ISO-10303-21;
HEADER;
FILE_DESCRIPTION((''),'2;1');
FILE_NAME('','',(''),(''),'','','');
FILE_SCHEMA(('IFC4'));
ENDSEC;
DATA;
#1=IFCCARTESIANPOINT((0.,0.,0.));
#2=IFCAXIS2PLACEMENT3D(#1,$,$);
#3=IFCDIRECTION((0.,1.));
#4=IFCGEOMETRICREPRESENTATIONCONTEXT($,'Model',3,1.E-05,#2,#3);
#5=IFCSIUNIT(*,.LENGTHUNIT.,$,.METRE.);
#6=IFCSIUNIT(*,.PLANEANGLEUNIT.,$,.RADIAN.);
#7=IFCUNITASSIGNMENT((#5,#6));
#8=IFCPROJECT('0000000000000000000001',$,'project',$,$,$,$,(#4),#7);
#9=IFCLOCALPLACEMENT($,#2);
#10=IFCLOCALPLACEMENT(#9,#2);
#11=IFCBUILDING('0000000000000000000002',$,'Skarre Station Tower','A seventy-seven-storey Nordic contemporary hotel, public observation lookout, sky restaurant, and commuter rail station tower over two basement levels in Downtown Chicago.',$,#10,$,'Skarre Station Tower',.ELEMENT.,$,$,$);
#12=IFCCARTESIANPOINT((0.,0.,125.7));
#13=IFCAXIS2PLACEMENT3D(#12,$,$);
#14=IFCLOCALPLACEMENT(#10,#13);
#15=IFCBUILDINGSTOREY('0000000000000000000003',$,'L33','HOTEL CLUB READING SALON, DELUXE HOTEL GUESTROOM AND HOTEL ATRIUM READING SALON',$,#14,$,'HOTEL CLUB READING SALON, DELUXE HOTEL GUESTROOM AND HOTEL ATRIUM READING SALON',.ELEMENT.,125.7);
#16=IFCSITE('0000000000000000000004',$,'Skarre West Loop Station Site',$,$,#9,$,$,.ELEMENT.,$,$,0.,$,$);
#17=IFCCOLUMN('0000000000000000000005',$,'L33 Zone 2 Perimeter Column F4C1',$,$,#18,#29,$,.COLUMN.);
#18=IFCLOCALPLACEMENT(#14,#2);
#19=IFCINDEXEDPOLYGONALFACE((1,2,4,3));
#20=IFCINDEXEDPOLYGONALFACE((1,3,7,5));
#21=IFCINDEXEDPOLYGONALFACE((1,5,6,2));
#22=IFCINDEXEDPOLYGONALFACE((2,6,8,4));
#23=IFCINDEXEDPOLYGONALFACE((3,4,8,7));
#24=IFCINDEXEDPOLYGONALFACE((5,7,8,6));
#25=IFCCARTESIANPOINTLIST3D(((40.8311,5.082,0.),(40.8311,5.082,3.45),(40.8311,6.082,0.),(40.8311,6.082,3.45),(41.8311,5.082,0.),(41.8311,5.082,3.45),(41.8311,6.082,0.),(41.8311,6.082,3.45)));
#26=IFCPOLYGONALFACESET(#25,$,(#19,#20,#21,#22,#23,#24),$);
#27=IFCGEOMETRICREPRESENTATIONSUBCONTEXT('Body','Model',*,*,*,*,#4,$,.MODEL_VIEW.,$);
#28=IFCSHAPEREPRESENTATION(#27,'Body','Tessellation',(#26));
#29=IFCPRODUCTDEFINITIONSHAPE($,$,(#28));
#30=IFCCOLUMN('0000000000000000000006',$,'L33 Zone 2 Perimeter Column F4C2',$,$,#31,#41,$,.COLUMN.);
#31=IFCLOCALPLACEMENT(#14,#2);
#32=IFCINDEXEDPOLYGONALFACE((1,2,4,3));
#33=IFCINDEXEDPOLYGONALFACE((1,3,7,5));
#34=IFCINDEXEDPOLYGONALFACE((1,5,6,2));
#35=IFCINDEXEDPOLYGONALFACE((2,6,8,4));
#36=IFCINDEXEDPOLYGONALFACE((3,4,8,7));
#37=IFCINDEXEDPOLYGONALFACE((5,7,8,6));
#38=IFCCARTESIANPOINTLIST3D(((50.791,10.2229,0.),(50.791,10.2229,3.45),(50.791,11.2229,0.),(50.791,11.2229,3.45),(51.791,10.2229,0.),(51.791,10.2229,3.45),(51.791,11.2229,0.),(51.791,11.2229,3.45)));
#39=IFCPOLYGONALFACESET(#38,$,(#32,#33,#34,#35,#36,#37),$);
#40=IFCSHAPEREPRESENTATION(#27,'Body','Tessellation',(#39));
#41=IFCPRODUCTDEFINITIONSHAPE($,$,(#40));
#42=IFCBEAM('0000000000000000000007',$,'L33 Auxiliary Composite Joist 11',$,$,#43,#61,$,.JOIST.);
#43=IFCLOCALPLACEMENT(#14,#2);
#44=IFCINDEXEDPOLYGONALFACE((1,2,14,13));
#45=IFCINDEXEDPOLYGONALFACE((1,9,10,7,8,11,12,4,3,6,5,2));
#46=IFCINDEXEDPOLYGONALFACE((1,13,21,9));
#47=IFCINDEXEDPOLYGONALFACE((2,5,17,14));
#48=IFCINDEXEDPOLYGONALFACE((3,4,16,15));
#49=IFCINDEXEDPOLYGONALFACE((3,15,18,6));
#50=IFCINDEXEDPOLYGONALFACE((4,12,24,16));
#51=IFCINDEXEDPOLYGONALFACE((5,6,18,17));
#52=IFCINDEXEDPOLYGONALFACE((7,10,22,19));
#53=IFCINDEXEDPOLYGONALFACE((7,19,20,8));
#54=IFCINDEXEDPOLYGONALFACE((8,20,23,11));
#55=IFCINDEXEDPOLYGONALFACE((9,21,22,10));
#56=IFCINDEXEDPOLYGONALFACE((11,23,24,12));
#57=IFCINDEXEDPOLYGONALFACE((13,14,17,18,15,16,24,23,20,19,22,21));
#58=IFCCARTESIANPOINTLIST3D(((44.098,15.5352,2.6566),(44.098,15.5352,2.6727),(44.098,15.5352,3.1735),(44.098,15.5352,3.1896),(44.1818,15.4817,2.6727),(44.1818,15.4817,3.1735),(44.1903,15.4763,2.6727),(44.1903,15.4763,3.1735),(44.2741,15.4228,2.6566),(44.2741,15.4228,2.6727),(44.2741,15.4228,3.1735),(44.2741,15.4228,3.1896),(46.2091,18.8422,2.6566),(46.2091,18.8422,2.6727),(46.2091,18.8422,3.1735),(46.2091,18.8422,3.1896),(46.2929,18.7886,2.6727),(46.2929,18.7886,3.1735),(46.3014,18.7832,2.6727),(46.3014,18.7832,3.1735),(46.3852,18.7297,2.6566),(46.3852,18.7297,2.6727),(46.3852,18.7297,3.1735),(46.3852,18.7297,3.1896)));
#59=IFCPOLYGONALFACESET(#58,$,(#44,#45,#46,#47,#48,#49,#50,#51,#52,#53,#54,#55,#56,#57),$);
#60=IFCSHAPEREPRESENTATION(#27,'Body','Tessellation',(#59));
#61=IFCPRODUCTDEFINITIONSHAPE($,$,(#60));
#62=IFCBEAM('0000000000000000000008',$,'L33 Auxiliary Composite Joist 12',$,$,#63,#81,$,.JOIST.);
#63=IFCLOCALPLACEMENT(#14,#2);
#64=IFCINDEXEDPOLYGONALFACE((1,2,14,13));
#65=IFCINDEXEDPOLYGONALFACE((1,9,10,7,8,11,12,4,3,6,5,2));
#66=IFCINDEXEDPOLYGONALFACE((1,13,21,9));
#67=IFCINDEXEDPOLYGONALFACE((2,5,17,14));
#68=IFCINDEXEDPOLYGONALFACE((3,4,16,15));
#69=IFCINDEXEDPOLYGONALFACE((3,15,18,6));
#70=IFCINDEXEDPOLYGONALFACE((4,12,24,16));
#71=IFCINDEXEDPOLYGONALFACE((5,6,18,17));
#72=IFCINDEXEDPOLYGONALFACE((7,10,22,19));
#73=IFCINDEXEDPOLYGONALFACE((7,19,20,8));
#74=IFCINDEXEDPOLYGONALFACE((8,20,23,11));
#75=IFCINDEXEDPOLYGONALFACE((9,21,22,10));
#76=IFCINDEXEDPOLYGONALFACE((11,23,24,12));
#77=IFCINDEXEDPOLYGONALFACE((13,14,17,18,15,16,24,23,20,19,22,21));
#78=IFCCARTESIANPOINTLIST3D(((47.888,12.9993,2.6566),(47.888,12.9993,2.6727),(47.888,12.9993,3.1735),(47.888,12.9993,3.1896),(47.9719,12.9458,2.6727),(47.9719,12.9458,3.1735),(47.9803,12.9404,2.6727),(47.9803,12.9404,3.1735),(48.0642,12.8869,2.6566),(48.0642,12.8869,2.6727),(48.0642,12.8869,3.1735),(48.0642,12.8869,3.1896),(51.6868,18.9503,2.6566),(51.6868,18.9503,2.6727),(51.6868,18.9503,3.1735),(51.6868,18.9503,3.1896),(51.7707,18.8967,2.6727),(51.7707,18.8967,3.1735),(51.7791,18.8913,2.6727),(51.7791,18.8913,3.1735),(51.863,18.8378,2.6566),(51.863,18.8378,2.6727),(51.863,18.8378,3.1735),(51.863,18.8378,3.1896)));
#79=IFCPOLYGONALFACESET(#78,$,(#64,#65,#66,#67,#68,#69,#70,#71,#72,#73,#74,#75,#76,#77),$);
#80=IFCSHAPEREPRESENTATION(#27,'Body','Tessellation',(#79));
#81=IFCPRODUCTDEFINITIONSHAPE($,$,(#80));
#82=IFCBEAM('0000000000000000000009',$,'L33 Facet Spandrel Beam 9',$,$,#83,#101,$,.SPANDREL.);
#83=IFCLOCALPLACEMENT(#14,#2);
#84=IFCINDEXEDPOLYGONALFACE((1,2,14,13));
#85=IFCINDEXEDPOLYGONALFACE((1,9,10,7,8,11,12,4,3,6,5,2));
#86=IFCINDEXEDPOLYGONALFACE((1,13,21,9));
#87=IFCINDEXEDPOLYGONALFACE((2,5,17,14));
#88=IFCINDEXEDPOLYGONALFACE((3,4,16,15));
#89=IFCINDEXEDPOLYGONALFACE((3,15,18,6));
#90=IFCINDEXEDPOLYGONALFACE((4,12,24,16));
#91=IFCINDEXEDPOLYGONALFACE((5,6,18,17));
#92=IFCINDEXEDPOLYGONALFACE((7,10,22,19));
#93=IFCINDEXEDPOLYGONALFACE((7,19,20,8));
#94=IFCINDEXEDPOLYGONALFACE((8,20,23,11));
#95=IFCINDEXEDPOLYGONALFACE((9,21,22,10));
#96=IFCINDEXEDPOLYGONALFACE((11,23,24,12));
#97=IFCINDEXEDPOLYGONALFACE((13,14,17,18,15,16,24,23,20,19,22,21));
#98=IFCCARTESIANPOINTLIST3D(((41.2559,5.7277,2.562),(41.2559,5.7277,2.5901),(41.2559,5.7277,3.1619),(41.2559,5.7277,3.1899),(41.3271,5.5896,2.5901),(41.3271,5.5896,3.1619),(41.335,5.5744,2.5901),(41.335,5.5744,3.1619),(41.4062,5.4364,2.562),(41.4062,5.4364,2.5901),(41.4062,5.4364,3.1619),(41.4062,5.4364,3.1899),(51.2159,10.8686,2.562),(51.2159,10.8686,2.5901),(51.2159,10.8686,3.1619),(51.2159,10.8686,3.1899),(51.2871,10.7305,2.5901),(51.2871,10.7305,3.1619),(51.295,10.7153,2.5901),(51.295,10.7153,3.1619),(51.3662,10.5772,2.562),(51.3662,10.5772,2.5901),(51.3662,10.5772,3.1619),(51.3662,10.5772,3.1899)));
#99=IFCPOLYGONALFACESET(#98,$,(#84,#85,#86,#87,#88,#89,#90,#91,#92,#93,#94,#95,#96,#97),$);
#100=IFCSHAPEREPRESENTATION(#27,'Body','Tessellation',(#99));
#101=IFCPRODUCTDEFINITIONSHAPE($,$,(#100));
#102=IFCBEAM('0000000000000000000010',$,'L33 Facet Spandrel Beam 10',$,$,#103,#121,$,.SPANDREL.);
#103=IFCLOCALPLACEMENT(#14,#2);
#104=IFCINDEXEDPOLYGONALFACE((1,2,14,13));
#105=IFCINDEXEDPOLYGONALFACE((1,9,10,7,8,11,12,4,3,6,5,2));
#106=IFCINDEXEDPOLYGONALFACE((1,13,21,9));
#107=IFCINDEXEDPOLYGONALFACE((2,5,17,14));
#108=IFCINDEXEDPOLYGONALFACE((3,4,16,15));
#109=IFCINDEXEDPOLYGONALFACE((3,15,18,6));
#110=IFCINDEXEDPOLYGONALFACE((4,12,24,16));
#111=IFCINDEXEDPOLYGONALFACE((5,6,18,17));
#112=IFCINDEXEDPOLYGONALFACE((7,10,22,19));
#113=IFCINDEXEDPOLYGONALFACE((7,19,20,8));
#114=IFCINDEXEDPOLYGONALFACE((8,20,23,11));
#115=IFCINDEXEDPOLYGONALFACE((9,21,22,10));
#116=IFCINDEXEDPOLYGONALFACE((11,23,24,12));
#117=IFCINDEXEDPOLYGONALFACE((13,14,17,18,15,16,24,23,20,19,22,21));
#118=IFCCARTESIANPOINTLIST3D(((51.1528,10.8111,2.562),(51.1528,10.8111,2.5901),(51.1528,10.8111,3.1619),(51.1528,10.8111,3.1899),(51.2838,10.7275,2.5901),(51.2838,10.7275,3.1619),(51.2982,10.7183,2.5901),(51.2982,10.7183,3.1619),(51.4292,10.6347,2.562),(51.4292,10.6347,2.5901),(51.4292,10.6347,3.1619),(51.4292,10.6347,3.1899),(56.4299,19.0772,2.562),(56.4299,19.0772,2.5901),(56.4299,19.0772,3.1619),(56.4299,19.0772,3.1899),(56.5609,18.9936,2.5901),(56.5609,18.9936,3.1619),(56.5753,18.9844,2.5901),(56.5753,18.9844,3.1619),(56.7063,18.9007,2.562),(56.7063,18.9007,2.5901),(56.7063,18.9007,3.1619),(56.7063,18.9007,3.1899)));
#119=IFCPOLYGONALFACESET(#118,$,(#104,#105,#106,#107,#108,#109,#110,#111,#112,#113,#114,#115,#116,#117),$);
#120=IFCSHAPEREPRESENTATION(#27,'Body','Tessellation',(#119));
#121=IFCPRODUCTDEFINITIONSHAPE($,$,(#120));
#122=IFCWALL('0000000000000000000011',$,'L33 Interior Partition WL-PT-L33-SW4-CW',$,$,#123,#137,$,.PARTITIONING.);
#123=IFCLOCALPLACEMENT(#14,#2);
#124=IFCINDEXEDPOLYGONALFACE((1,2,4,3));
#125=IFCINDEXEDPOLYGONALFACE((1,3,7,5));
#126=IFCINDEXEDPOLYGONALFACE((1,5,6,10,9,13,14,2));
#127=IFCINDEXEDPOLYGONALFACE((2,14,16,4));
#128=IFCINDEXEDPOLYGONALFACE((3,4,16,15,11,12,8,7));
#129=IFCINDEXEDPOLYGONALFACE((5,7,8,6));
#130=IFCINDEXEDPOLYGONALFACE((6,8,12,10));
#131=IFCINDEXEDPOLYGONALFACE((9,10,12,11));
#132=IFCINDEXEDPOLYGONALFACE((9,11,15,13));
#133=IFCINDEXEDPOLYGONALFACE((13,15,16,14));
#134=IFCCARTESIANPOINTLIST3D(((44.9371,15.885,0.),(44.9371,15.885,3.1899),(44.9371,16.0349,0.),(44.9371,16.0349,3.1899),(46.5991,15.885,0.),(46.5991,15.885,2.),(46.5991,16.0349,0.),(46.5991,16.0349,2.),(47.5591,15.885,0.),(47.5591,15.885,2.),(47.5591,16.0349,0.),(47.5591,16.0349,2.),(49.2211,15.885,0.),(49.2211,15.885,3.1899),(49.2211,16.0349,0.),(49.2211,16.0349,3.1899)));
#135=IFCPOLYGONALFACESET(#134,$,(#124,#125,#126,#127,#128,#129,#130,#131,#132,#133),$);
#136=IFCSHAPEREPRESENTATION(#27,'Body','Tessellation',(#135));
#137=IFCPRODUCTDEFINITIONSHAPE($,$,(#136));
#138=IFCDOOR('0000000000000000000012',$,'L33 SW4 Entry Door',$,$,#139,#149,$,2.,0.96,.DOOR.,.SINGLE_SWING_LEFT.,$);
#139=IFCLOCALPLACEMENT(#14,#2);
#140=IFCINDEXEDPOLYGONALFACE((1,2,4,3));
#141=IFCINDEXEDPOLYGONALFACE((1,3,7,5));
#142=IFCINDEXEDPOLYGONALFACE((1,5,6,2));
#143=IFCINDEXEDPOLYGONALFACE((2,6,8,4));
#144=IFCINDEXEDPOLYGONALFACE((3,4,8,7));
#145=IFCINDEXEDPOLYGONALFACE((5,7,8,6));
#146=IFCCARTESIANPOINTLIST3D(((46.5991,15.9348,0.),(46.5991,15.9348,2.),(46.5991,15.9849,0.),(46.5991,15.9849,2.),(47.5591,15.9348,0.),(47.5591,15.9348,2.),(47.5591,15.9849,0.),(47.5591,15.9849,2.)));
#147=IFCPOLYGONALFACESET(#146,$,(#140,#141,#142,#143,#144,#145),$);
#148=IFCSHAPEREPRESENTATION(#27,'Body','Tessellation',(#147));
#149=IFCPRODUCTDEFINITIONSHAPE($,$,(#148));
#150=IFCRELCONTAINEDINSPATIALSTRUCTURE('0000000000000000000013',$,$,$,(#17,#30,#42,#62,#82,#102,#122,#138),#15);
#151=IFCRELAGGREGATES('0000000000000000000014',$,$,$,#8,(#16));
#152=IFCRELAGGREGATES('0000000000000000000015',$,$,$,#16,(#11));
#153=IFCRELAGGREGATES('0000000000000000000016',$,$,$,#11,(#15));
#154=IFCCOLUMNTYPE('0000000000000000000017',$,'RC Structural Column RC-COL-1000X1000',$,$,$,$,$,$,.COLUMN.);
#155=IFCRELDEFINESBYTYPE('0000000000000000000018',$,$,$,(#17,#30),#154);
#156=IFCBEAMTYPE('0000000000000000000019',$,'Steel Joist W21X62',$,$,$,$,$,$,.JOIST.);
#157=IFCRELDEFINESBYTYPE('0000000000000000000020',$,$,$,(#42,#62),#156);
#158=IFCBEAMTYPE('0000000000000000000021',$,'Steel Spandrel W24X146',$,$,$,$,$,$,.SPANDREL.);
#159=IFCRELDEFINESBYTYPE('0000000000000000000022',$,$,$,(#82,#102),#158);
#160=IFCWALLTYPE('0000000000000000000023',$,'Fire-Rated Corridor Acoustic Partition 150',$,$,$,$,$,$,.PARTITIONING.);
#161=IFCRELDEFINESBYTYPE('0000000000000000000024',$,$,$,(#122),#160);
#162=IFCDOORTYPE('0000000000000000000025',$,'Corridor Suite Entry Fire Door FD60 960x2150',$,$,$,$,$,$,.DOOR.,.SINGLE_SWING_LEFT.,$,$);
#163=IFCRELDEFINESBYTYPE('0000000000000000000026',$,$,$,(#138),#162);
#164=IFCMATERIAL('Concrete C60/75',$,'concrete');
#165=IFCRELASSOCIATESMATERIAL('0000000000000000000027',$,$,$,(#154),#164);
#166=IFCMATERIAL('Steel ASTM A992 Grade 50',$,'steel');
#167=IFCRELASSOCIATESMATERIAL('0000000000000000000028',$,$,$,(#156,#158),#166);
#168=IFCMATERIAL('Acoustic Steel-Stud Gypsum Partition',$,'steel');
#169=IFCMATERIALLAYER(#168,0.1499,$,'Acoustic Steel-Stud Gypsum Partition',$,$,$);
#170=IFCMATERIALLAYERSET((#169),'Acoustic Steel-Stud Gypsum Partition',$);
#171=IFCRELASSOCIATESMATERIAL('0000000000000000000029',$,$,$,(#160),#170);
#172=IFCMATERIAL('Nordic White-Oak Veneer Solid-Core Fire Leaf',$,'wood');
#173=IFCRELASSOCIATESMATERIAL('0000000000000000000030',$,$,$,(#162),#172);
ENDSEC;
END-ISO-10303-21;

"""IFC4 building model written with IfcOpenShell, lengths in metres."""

from ifc_helpers import new_model, si_unit, direction, frame, frame_2d, origin, origin_2d, place, context, subcontext, project, spatial, rectangle, i_section, extrude, material, layer, layer_set, material_profile, profile_set, type_object, element, fill, save


model = new_model("IFC4")

# Units and contexts
model_context = context("Model", 3, precision=1e-05, world=origin(), true_north=direction((0.0, 1.0)))
body_context = subcontext(model_context, "Body", "Model", "MODEL_VIEW")
ifc_project = project(units=[si_unit("LENGTHUNIT", "METRE"), si_unit("PLANEANGLEUNIT", "RADIAN")], contexts=[model_context])

# Site, building, storey
site_placement = place(None, origin())
site = spatial("IfcSite", under=ifc_project, at=site_placement, Name="Skarre West Loop Station Site", CompositionType="ELEMENT", RefElevation=0.0)
building_placement = place(site_placement, origin())
building = spatial("IfcBuilding", under=site, at=building_placement, Name="Skarre Station Tower", Description="A seventy-seven-storey Nordic contemporary hotel, public observation lookout, sky restaurant, and commuter rail station tower over two basement levels in Downtown Chicago.", LongName="Skarre Station Tower", CompositionType="ELEMENT")
storey_placement = place(building_placement, frame((0.0, 0.0, 125.7)))
storey = spatial("IfcBuildingStorey", under=building, at=storey_placement, Name="L33", Description="HOTEL CLUB READING SALON, DELUXE HOTEL GUESTROOM AND HOTEL ATRIUM READING SALON", LongName="HOTEL CLUB READING SALON, DELUXE HOTEL GUESTROOM AND HOTEL ATRIUM READING SALON", CompositionType="ELEMENT", Elevation=125.7)

# Columns
ifc_material_1 = material(Name="Concrete C60/75", Category="concrete")
ifc_material_profile_1 = material_profile(ifc_material_1, rectangle(XDim=1.0, YDim=1.0, at=origin_2d()), Name="Concrete C60/75")
ifc_profile_set_1 = profile_set([ifc_material_profile_1], Name="Concrete C60/75")
column_type = type_object("IfcColumnType", Name="RC Structural Column RC-COL-1000X1000", PredefinedType="COLUMN", material=ifc_profile_set_1)
for number, where, z_axis, x_axis, name in (
    (1, (41.3311, 5.582, 0.0), (0.0, 0.0, 1.0), (1.0, 0.0, 0.0), "L33 Zone 2 Perimeter Column F4C1"),
    (2, (51.291, 10.7229, 0.0), (0.0, 0.0, 1.0), (1.0, 0.0, 0.0), "L33 Zone 2 Perimeter Column F4C2"),
):
    element("IfcColumn", number, at=place(storey_placement, frame(where, z_axis=z_axis, x_axis=x_axis)), inside=storey, type_object=column_type, Name=name, PredefinedType="COLUMN", context=body_context, shape_type="SweptSolid", body=[
        extrude(rectangle(XDim=1.0, YDim=1.0, at=origin_2d()), origin(), (0.0, 0.0, 1.0), 3.45),
    ])

# Beams
ifc_material_2 = material(Name="Steel ASTM A992 Grade 50", Category="steel")
ifc_material_profile_2 = material_profile(ifc_material_2, i_section(OverallWidth=0.209, OverallDepth=0.533, WebThickness=0.01, FlangeThickness=0.0161, at=origin_2d()), Name="Steel ASTM A992 Grade 50")
ifc_profile_set_2 = profile_set([ifc_material_profile_2], Name="Steel ASTM A992 Grade 50")
beam_type_1 = type_object("IfcBeamType", Name="Steel Joist W21X62", PredefinedType="JOIST", material=ifc_profile_set_2)
beam_1_placement = place(storey_placement, frame((44.186, 15.479, 2.9231), z_axis=(0.538091, 0.842887, 0.0), x_axis=(-0.842887, 0.538091, 0.0)))
element("IfcBeam", 3, at=beam_1_placement, inside=storey, type_object=beam_type_1, Name="L33 Auxiliary Composite Joist 11", PredefinedType="JOIST", context=body_context, shape_type="SweptSolid", body=[
    extrude(i_section(OverallWidth=0.209, OverallDepth=0.533, WebThickness=0.01, FlangeThickness=0.0161, at=origin_2d()), origin(), (0.0, 0.0, 1.0), 3.9233),
])
beam_2_placement = place(storey_placement, frame((47.9761, 12.9431, 2.9231), z_axis=(0.538072, 0.842899, 0.0), x_axis=(-0.842899, 0.538072, 0.0)))
element("IfcBeam", 4, at=beam_2_placement, inside=storey, type_object=beam_type_1, Name="L33 Auxiliary Composite Joist 12", PredefinedType="JOIST", context=body_context, shape_type="SweptSolid", body=[
    extrude(i_section(OverallWidth=0.209, OverallDepth=0.533, WebThickness=0.01, FlangeThickness=0.0161, at=origin_2d()), origin(), (0.0, 0.0, 1.0), 7.0601),
])
ifc_material_profile_3 = material_profile(ifc_material_2, i_section(OverallWidth=0.3279, OverallDepth=0.6279, WebThickness=0.0171, FlangeThickness=0.0281, at=origin_2d()), Name="Steel ASTM A992 Grade 50")
ifc_profile_set_3 = profile_set([ifc_material_profile_3], Name="Steel ASTM A992 Grade 50")
beam_type_2 = type_object("IfcBeamType", Name="Steel Spandrel W24X146", PredefinedType="SPANDREL", material=ifc_profile_set_3)
beam_3_placement = place(storey_placement, frame((41.3311, 5.582, 2.876), z_axis=(0.888612, 0.45866, 0.0), x_axis=(-0.45866, 0.888612, 0.0)))
element("IfcBeam", 5, at=beam_3_placement, inside=storey, type_object=beam_type_2, Name="L33 Facet Spandrel Beam 9", PredefinedType="SPANDREL", context=body_context, shape_type="SweptSolid", body=[
    extrude(i_section(OverallWidth=0.3279, OverallDepth=0.6279, WebThickness=0.0171, FlangeThickness=0.0281, at=origin_2d()), origin(), (0.0, 0.0, 1.0), 11.2085),
])
beam_4_placement = place(storey_placement, frame((51.291, 10.7229, 2.876), z_axis=(0.538098, 0.842883, 0.0), x_axis=(-0.842883, 0.538098, 0.0)))
element("IfcBeam", 6, at=beam_4_placement, inside=storey, type_object=beam_type_2, Name="L33 Facet Spandrel Beam 10", PredefinedType="SPANDREL", context=body_context, shape_type="SweptSolid", body=[
    extrude(i_section(OverallWidth=0.3279, OverallDepth=0.6279, WebThickness=0.0171, FlangeThickness=0.0281, at=origin_2d()), origin(), (0.0, 0.0, 1.0), 9.8069),
])

# Wall, opening, door
ifc_material_3 = material(Name="Acoustic Steel-Stud Gypsum Partition", Category="steel")
ifc_layer_1 = layer(ifc_material_3, 0.1499, Name="Acoustic Steel-Stud Gypsum Partition")
ifc_layer_set_1 = layer_set([ifc_layer_1], Name="Acoustic Steel-Stud Gypsum Partition")
wall_type_1 = type_object("IfcWallType", Name="Fire-Rated Corridor Acoustic Partition 150", PredefinedType="PARTITIONING", material=ifc_layer_set_1)
wall_1_placement = place(storey_placement, frame((44.937, 15.96, 0.0), z_axis=(0.0, 0.0, 1.0), x_axis=(1.0, 0.0, 0.0)))
wall_1 = element("IfcWall", 7, at=wall_1_placement, inside=storey, type_object=wall_type_1, Name="L33 Interior Partition WL-PT-L33-SW4-CW", PredefinedType="PARTITIONING", context=body_context, shape_type="SweptSolid", body=[
    extrude(rectangle(XDim=4.2839, YDim=0.1499, at=frame_2d((2.1421, 0.0))), origin(), (0.0, 0.0, 1.0), 3.1899),
])
opening_1_placement = place(wall_1_placement, frame((1.6621, 0.0, 0.0)))
opening_1 = element("IfcOpeningElement", 8, at=opening_1_placement, cuts=wall_1, PredefinedType="OPENING", context=body_context, shape_type="SweptSolid", body=[
    extrude(rectangle(XDim=0.96, YDim=2.0, at=frame_2d((0.48, 1.0))), frame((0.0, 0.085, 0.0), z_axis=(0.0, -1.0, 0.0), x_axis=(1.0, 0.0, 0.0)), (0.0, 0.0, 1.0), 0.1699),
])
ifc_material_4 = material(Name="Nordic White-Oak Veneer Solid-Core Fire Leaf", Category="wood")
door_type = type_object("IfcDoorType", Name="Corridor Suite Entry Fire Door FD60 960x2150", OperationType="SINGLE_SWING_LEFT", PredefinedType="DOOR", material=ifc_material_4)
door_placement = place(opening_1_placement, origin())
door = element("IfcDoor", 9, at=door_placement, inside=storey, type_object=door_type, Name="L33 SW4 Entry Door", OperationType="SINGLE_SWING_LEFT", OverallHeight=2.0, OverallWidth=0.96, PredefinedType="DOOR", context=body_context, shape_type="SweptSolid", body=[
    extrude(rectangle(XDim=0.96, YDim=2.0, at=frame_2d((0.48, 1.0))), frame((0.0, 0.0249, 0.0), z_axis=(0.0, -1.0, 0.0), x_axis=(1.0, 0.0, 0.0)), (0.0, 0.0, 1.0), 0.05),
])
fill(opening_1, door)

save(model, "model.ifc")
